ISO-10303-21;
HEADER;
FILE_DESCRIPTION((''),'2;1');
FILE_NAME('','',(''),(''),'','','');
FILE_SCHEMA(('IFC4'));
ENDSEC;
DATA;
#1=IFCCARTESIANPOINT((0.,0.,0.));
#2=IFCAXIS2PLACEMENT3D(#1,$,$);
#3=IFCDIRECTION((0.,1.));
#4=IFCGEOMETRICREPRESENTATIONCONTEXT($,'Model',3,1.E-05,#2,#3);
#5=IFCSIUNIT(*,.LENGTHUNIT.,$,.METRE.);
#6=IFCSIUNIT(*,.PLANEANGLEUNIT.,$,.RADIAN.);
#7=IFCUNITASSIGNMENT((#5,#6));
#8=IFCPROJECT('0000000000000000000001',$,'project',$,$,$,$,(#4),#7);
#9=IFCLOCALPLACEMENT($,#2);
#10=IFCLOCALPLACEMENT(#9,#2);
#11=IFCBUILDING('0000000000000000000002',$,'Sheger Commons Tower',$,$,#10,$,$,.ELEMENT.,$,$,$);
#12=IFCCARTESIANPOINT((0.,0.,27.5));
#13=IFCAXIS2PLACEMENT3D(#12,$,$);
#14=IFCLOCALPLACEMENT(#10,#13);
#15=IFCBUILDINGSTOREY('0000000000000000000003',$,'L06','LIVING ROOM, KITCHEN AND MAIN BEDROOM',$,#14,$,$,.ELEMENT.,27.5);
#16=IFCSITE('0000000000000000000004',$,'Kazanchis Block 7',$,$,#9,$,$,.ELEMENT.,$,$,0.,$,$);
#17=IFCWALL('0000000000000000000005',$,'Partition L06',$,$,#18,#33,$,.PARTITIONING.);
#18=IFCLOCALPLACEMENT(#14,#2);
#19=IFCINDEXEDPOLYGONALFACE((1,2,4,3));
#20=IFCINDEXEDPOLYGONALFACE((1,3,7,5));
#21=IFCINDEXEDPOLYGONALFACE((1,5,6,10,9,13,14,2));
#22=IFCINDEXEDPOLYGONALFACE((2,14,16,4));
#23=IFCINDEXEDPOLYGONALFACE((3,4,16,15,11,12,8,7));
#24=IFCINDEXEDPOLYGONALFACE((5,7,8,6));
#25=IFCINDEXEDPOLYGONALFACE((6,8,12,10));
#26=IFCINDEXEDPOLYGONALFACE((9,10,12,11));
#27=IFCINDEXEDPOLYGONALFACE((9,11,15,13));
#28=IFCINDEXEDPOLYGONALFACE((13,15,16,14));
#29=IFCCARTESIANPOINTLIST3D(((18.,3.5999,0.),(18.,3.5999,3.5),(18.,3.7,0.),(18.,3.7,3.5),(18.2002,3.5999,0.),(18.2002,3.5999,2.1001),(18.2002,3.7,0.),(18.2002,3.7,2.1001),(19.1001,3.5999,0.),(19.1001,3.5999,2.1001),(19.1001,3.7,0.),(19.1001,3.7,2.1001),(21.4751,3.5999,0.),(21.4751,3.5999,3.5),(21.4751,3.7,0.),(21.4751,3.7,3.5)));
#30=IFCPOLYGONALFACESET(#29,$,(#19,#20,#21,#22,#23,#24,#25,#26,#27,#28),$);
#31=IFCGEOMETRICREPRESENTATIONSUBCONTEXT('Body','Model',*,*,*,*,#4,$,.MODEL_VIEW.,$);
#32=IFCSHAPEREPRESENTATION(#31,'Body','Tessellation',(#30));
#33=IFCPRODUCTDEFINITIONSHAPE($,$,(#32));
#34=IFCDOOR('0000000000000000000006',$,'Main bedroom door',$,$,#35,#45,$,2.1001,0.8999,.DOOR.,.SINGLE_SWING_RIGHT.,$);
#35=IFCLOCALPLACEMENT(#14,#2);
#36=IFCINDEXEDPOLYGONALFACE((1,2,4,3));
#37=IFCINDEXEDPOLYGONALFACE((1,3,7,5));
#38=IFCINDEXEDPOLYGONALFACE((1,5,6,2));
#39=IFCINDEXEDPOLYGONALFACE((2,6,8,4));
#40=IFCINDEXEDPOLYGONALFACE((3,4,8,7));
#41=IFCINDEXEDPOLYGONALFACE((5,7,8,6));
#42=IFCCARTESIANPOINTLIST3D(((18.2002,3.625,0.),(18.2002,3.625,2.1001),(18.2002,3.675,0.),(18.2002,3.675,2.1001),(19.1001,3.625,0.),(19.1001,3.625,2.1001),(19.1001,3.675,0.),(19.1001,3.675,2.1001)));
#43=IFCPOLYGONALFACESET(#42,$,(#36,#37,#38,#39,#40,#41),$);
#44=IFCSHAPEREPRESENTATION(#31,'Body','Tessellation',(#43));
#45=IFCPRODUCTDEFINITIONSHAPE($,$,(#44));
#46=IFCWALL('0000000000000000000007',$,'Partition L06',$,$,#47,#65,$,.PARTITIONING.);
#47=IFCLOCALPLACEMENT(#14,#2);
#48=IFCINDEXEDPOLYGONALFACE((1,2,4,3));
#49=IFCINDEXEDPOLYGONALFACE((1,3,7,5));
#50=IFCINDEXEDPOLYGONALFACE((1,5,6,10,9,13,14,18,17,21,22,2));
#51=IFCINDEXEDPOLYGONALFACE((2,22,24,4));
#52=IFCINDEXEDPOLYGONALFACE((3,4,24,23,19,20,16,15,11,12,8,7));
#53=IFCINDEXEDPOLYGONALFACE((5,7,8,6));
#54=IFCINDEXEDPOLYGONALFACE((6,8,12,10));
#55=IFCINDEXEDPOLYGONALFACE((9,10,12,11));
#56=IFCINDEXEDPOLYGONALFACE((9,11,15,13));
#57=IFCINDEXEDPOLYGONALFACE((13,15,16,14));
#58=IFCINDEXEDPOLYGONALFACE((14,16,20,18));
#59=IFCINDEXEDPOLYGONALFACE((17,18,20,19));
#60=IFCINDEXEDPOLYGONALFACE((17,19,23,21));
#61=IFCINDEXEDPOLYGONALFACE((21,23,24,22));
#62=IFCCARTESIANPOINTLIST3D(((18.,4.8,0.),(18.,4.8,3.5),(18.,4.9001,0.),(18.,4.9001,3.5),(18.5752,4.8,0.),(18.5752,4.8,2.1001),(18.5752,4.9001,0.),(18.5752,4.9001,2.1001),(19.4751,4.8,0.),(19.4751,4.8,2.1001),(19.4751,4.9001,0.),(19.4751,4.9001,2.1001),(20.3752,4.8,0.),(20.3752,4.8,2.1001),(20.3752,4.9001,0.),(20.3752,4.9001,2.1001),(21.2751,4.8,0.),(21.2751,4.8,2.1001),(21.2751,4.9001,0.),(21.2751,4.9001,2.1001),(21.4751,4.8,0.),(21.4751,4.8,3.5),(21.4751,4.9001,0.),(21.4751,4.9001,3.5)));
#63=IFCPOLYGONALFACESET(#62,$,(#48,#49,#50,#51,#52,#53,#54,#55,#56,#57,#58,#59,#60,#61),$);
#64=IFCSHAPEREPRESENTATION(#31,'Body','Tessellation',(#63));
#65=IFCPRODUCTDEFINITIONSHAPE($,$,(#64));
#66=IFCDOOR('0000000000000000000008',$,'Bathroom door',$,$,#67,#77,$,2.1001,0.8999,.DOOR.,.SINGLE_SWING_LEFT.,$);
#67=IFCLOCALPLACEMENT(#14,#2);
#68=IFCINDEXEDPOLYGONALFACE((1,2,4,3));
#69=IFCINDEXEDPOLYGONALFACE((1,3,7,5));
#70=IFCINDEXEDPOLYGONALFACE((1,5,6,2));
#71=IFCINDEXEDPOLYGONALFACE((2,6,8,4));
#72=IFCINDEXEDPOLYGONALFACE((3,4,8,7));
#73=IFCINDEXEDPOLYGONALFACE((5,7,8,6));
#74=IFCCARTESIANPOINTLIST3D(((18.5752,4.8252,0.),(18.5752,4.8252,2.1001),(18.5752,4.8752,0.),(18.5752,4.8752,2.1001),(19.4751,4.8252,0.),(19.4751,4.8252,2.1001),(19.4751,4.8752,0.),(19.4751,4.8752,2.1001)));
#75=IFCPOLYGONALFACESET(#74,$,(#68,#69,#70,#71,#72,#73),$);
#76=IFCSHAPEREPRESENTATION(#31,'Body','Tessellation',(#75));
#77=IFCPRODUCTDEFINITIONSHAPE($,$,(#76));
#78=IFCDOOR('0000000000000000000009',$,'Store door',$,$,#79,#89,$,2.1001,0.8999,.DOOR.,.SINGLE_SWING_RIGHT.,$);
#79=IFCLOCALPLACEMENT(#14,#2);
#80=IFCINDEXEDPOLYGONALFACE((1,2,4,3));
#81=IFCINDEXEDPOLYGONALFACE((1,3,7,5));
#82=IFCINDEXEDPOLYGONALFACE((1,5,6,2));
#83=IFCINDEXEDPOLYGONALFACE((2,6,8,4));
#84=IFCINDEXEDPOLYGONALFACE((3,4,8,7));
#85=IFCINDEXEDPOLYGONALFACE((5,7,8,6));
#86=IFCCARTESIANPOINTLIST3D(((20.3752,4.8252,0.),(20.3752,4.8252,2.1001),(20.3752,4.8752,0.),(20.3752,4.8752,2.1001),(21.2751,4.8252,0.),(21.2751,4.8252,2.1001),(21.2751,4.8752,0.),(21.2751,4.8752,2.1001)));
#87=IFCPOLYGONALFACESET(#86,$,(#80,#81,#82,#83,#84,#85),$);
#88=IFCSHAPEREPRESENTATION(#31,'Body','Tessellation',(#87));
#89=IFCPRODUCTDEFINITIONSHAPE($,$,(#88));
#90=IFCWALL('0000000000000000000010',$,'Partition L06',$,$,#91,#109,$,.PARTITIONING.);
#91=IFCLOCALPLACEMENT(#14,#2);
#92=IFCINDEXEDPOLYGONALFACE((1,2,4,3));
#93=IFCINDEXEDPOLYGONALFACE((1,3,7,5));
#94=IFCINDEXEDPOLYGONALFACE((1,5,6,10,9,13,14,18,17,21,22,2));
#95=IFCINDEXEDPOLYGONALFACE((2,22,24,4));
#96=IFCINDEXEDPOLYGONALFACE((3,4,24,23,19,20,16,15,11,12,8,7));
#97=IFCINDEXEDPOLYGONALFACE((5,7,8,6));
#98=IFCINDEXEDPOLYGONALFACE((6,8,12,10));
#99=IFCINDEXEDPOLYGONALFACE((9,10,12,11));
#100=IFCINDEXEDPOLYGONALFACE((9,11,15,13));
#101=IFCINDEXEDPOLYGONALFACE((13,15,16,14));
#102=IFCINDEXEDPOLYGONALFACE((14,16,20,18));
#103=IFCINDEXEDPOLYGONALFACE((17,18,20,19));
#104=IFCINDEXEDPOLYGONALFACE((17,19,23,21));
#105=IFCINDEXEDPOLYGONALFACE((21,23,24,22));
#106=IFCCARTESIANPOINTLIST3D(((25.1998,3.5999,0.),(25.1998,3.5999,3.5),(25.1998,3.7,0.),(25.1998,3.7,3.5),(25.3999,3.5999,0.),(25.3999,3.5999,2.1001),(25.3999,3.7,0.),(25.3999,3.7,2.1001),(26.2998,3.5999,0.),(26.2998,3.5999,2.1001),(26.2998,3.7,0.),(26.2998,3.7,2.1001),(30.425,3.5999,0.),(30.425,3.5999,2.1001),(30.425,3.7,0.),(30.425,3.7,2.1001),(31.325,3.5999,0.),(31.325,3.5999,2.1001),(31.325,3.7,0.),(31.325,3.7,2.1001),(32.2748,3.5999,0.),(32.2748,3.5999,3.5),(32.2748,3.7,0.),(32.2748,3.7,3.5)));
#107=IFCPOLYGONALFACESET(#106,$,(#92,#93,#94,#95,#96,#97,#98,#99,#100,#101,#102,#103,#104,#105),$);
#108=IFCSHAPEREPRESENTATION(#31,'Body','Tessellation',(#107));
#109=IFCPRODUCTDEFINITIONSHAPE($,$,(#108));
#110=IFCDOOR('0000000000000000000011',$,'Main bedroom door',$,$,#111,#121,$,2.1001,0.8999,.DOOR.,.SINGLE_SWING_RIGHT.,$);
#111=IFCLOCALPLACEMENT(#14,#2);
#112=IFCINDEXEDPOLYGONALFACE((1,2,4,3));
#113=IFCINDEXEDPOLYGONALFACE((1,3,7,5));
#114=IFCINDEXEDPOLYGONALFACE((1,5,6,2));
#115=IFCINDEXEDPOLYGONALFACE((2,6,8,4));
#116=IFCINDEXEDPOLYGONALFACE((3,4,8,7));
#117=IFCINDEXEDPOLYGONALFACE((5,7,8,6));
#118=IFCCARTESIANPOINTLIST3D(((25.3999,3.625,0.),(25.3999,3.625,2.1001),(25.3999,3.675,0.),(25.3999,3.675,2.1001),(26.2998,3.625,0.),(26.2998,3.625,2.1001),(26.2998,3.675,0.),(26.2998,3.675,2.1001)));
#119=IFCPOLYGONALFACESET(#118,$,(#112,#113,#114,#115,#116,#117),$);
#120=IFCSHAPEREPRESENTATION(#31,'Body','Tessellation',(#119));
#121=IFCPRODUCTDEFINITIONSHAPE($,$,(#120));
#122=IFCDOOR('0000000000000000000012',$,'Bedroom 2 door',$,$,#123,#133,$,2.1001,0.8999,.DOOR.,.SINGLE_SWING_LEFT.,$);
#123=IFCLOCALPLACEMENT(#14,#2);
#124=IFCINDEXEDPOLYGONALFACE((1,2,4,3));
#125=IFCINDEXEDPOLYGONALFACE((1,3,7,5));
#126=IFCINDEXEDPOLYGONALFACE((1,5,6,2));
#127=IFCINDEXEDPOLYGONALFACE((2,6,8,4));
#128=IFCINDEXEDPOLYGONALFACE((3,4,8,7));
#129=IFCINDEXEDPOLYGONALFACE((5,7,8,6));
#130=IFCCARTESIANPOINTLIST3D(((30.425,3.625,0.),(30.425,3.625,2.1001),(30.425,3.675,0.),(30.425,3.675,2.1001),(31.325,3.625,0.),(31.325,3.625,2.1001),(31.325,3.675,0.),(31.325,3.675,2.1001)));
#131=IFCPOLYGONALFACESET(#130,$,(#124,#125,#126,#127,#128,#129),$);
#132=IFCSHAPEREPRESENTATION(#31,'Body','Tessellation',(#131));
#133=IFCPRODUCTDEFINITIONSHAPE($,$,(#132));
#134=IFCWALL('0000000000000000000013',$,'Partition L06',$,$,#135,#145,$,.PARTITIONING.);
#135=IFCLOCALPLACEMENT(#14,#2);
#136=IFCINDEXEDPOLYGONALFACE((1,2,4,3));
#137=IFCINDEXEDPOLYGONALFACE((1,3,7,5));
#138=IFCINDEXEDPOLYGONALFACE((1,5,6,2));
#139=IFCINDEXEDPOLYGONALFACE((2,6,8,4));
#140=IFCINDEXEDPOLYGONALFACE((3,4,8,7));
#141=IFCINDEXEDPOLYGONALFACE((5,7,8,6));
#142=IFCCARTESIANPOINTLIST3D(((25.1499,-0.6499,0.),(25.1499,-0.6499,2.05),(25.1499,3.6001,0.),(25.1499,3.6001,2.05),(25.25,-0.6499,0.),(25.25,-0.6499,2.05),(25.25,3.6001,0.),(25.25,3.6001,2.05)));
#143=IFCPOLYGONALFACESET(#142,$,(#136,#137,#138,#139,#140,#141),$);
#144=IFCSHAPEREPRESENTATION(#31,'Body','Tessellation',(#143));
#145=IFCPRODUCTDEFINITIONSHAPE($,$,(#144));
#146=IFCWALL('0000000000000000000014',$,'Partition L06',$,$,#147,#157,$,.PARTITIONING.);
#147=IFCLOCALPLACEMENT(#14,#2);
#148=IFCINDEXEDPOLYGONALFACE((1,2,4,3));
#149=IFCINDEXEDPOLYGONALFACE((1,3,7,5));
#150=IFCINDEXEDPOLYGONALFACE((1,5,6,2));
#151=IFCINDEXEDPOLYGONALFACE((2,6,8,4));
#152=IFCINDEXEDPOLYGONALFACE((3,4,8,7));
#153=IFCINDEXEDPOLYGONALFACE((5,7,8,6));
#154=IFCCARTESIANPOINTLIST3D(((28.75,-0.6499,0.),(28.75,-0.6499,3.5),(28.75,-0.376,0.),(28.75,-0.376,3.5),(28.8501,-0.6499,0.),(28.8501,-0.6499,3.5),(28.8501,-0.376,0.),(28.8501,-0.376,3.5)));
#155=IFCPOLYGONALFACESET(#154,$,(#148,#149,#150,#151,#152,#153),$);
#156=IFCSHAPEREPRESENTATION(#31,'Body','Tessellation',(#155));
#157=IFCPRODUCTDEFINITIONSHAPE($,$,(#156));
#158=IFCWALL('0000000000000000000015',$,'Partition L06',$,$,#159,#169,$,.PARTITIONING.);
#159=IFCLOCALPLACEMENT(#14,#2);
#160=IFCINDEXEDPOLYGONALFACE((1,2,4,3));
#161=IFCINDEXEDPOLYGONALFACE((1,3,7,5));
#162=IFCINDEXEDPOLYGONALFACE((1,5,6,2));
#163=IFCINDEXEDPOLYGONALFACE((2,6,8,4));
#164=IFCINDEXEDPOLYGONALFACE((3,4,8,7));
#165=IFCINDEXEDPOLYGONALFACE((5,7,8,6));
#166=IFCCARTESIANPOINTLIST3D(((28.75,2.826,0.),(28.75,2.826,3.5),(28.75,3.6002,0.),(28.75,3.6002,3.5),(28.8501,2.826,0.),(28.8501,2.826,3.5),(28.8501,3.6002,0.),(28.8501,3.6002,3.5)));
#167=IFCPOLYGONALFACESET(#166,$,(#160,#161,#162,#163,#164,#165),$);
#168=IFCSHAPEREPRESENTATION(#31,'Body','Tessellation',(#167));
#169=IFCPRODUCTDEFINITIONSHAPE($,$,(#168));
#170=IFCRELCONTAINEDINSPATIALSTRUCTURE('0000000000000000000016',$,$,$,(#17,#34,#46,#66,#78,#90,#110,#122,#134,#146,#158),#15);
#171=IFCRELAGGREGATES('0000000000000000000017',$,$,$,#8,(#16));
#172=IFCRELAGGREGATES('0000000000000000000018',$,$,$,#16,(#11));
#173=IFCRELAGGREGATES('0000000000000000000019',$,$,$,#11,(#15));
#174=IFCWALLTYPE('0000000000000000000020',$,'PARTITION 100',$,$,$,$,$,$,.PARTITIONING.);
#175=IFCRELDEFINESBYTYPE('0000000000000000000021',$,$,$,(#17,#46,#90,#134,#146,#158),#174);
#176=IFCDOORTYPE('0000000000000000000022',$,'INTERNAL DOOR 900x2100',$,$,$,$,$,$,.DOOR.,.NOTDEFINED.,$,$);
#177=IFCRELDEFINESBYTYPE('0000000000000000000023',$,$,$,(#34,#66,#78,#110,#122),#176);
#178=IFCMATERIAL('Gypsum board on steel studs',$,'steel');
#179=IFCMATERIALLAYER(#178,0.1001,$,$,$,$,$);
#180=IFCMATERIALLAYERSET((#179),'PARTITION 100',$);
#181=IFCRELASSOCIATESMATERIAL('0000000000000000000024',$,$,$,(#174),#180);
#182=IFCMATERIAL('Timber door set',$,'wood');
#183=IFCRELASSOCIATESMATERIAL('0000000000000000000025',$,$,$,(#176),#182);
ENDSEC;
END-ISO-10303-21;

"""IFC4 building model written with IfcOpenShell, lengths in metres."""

from ifc_helpers import new_model, si_unit, direction, frame, frame_2d, origin, place, context, subcontext, project, spatial, rectangle, extrude, material, layer, layer_set, type_object, element, fill, save


model = new_model("IFC4")

# Units and contexts
model_context = context("Model", 3, precision=1e-05, world=origin(), true_north=direction((0.0, 1.0)))
body_context = subcontext(model_context, "Body", "Model", "MODEL_VIEW")
ifc_project = project(units=[si_unit("LENGTHUNIT", "METRE"), si_unit("PLANEANGLEUNIT", "RADIAN")], contexts=[model_context])

# Site, building, storey
site_placement = place(None, origin())
site = spatial("IfcSite", under=ifc_project, at=site_placement, Name="Kazanchis Block 7", CompositionType="ELEMENT", RefElevation=0.0)
building_placement = place(site_placement, origin())
building = spatial("IfcBuilding", under=site, at=building_placement, Name="Sheger Commons Tower", CompositionType="ELEMENT")
storey_placement = place(building_placement, frame((0.0, 0.0, 27.5)))
storey = spatial("IfcBuildingStorey", under=building, at=storey_placement, Name="L06", Description="LIVING ROOM, KITCHEN AND MAIN BEDROOM", CompositionType="ELEMENT", Elevation=27.5)

# Wall, opening, door
ifc_material_1 = material(Name="Gypsum board on steel studs", Category="steel")
ifc_layer_1 = layer(ifc_material_1, 0.1001)
ifc_layer_set_1 = layer_set([ifc_layer_1], Name="PARTITION 100")
wall_type_1 = type_object("IfcWallType", Name="PARTITION 100", PredefinedType="PARTITIONING", material=ifc_layer_set_1)
wall_1_placement = place(storey_placement, frame((21.4751, 3.6499, 0.0), z_axis=(0.0, 0.0, 1.0), x_axis=(-1.0, 0.0, 0.0)))
wall_1 = element("IfcWall", 1, at=wall_1_placement, inside=storey, type_object=wall_type_1, Name="Partition L06", PredefinedType="PARTITIONING", context=body_context, shape_type="SweptSolid", body=[
    extrude(rectangle(XDim=3.4751, YDim=0.1001, at=frame_2d((1.7375, 0.0))), origin(), (0.0, 0.0, 1.0), 3.5),
])
opening_1_placement = place(wall_1_placement, frame((2.375, 0.0, 0.0)))
opening_1 = element("IfcOpeningElement", 2, at=opening_1_placement, cuts=wall_1, PredefinedType="OPENING", context=body_context, shape_type="SweptSolid", body=[
    extrude(rectangle(XDim=0.8999, YDim=2.1001, at=frame_2d((0.45, 1.05))), frame((0.0, 0.0601, 0.0), z_axis=(0.0, -1.0, 0.0), x_axis=(1.0, 0.0, 0.0)), (0.0, 0.0, 1.0), 0.1201),
])
ifc_material_2 = material(Name="Timber door set", Category="wood")
door_type = type_object("IfcDoorType", Name="INTERNAL DOOR 900x2100", OperationType="NOTDEFINED", PredefinedType="DOOR", material=ifc_material_2)
door_1_placement = place(opening_1_placement, origin())
door_1 = element("IfcDoor", 3, at=door_1_placement, inside=storey, type_object=door_type, Name="Main bedroom door", OperationType="SINGLE_SWING_RIGHT", OverallHeight=2.1001, OverallWidth=0.8999, PredefinedType="DOOR", context=body_context, shape_type="SweptSolid", body=[
    extrude(rectangle(XDim=0.8999, YDim=2.1001, at=frame_2d((0.45, 1.05))), frame((0.0, 0.0249, 0.0), z_axis=(0.0, -1.0, 0.0), x_axis=(1.0, 0.0, 0.0)), (0.0, 0.0, 1.0), 0.05),
])
fill(opening_1, door_1)

# Walls, openings, doors
wall_2_placement = place(storey_placement, frame((21.4751, 4.8501, 0.0), z_axis=(0.0, 0.0, 1.0), x_axis=(-1.0, 0.0, 0.0)))
wall_2 = element("IfcWall", 4, at=wall_2_placement, inside=storey, type_object=wall_type_1, Name="Partition L06", PredefinedType="PARTITIONING", context=body_context, shape_type="SweptSolid", body=[
    extrude(rectangle(XDim=3.4751, YDim=0.1001, at=frame_2d((1.7375, 0.0))), origin(), (0.0, 0.0, 1.0), 3.5),
])
opening_2_placement = place(wall_2_placement, frame((2.0, 0.0, 0.0)))
opening_2 = element("IfcOpeningElement", 5, at=opening_2_placement, cuts=wall_2, PredefinedType="OPENING", context=body_context, shape_type="SweptSolid", body=[
    extrude(rectangle(XDim=0.8999, YDim=2.1001, at=frame_2d((0.45, 1.05))), frame((0.0, 0.0601, 0.0), z_axis=(0.0, -1.0, 0.0), x_axis=(1.0, 0.0, 0.0)), (0.0, 0.0, 1.0), 0.1201),
])
opening_3_placement = place(wall_2_placement, frame((0.2, 0.0, 0.0)))
opening_3 = element("IfcOpeningElement", 6, at=opening_3_placement, cuts=wall_2, PredefinedType="OPENING", context=body_context, shape_type="SweptSolid", body=[
    extrude(rectangle(XDim=0.8999, YDim=2.1001, at=frame_2d((0.45, 1.05))), frame((0.0, 0.0601, 0.0), z_axis=(0.0, -1.0, 0.0), x_axis=(1.0, 0.0, 0.0)), (0.0, 0.0, 1.0), 0.1201),
])
door_2_placement = place(opening_2_placement, origin())
door_2 = element("IfcDoor", 7, at=door_2_placement, inside=storey, type_object=door_type, Name="Bathroom door", OperationType="SINGLE_SWING_LEFT", OverallHeight=2.1001, OverallWidth=0.8999, PredefinedType="DOOR", context=body_context, shape_type="SweptSolid", body=[
    extrude(rectangle(XDim=0.8999, YDim=2.1001, at=frame_2d((0.45, 1.05))), frame((0.0, 0.0249, 0.0), z_axis=(0.0, -1.0, 0.0), x_axis=(1.0, 0.0, 0.0)), (0.0, 0.0, 1.0), 0.05),
])
fill(opening_2, door_2)
door_3_placement = place(opening_3_placement, origin())
door_3 = element("IfcDoor", 8, at=door_3_placement, inside=storey, type_object=door_type, Name="Store door", OperationType="SINGLE_SWING_RIGHT", OverallHeight=2.1001, OverallWidth=0.8999, PredefinedType="DOOR", context=body_context, shape_type="SweptSolid", body=[
    extrude(rectangle(XDim=0.8999, YDim=2.1001, at=frame_2d((0.45, 1.05))), frame((0.0, 0.0249, 0.0), z_axis=(0.0, -1.0, 0.0), x_axis=(1.0, 0.0, 0.0)), (0.0, 0.0, 1.0), 0.05),
])
fill(opening_3, door_3)
wall_3_placement = place(storey_placement, frame((32.2749, 3.6499, 0.0), z_axis=(0.0, 0.0, 1.0), x_axis=(-1.0, 0.0, 0.0)))
wall_3 = element("IfcWall", 9, at=wall_3_placement, inside=storey, type_object=wall_type_1, Name="Partition L06", PredefinedType="PARTITIONING", context=body_context, shape_type="SweptSolid", body=[
    extrude(rectangle(XDim=7.075, YDim=0.1001, at=frame_2d((3.5376, 0.0))), origin(), (0.0, 0.0, 1.0), 3.5),
])
opening_4_placement = place(wall_3_placement, frame((5.9751, 0.0, 0.0)))
opening_4 = element("IfcOpeningElement", 10, at=opening_4_placement, cuts=wall_3, PredefinedType="OPENING", context=body_context, shape_type="SweptSolid", body=[
    extrude(rectangle(XDim=0.8999, YDim=2.1001, at=frame_2d((0.45, 1.05))), frame((0.0, 0.0601, 0.0), z_axis=(0.0, -1.0, 0.0), x_axis=(1.0, 0.0, 0.0)), (0.0, 0.0, 1.0), 0.1201),
])
opening_5_placement = place(wall_3_placement, frame((0.95, 0.0, 0.0)))
opening_5 = element("IfcOpeningElement", 11, at=opening_5_placement, cuts=wall_3, PredefinedType="OPENING", context=body_context, shape_type="SweptSolid", body=[
    extrude(rectangle(XDim=0.8999, YDim=2.1001, at=frame_2d((0.45, 1.05))), frame((0.0, 0.0601, 0.0), z_axis=(0.0, -1.0, 0.0), x_axis=(1.0, 0.0, 0.0)), (0.0, 0.0, 1.0), 0.1201),
])
door_4_placement = place(opening_4_placement, origin())
door_4 = element("IfcDoor", 12, at=door_4_placement, inside=storey, type_object=door_type, Name="Main bedroom door", OperationType="SINGLE_SWING_RIGHT", OverallHeight=2.1001, OverallWidth=0.8999, PredefinedType="DOOR", context=body_context, shape_type="SweptSolid", body=[
    extrude(rectangle(XDim=0.8999, YDim=2.1001, at=frame_2d((0.45, 1.05))), frame((0.0, 0.0249, 0.0), z_axis=(0.0, -1.0, 0.0), x_axis=(1.0, 0.0, 0.0)), (0.0, 0.0, 1.0), 0.05),
])
fill(opening_4, door_4)
door_5_placement = place(opening_5_placement, origin())
door_5 = element("IfcDoor", 13, at=door_5_placement, inside=storey, type_object=door_type, Name="Bedroom 2 door", OperationType="SINGLE_SWING_LEFT", OverallHeight=2.1001, OverallWidth=0.8999, PredefinedType="DOOR", context=body_context, shape_type="SweptSolid", body=[
    extrude(rectangle(XDim=0.8999, YDim=2.1001, at=frame_2d((0.45, 1.05))), frame((0.0, 0.0249, 0.0), z_axis=(0.0, -1.0, 0.0), x_axis=(1.0, 0.0, 0.0)), (0.0, 0.0, 1.0), 0.05),
])
fill(opening_5, door_5)

# Walls
wall_4_placement = place(storey_placement, frame((25.2, -0.6499, 0.0), z_axis=(0.0, 0.0, 1.0), x_axis=(0.0, 1.0, 0.0)))
element("IfcWall", 14, at=wall_4_placement, inside=storey, type_object=wall_type_1, Name="Partition L06", PredefinedType="PARTITIONING", context=body_context, shape_type="SweptSolid", body=[
    extrude(rectangle(XDim=4.25, YDim=0.1001, at=frame_2d((2.125, 0.0))), origin(), (0.0, 0.0, 1.0), 2.05),
])
wall_5_placement = place(storey_placement, frame((28.8, -0.6499, 0.0), z_axis=(0.0, 0.0, 1.0), x_axis=(0.0, 1.0, 0.0)))
element("IfcWall", 15, at=wall_5_placement, inside=storey, type_object=wall_type_1, Name="Partition L06", PredefinedType="PARTITIONING", context=body_context, shape_type="SweptSolid", body=[
    extrude(rectangle(XDim=0.2739, YDim=0.1001, at=frame_2d((0.137, 0.0))), origin(), (0.0, 0.0, 1.0), 3.5),
])
wall_6_placement = place(storey_placement, frame((28.8, 2.8259, 0.0), z_axis=(0.0, 0.0, 1.0), x_axis=(0.0, 1.0, 0.0)))
element("IfcWall", 16, at=wall_6_placement, inside=storey, type_object=wall_type_1, Name="Partition L06", PredefinedType="PARTITIONING", context=body_context, shape_type="SweptSolid", body=[
    extrude(rectangle(XDim=0.7742, YDim=0.1001, at=frame_2d((0.3872, 0.0))), origin(), (0.0, 0.0, 1.0), 3.5),
])

save(model, "model.ifc")
